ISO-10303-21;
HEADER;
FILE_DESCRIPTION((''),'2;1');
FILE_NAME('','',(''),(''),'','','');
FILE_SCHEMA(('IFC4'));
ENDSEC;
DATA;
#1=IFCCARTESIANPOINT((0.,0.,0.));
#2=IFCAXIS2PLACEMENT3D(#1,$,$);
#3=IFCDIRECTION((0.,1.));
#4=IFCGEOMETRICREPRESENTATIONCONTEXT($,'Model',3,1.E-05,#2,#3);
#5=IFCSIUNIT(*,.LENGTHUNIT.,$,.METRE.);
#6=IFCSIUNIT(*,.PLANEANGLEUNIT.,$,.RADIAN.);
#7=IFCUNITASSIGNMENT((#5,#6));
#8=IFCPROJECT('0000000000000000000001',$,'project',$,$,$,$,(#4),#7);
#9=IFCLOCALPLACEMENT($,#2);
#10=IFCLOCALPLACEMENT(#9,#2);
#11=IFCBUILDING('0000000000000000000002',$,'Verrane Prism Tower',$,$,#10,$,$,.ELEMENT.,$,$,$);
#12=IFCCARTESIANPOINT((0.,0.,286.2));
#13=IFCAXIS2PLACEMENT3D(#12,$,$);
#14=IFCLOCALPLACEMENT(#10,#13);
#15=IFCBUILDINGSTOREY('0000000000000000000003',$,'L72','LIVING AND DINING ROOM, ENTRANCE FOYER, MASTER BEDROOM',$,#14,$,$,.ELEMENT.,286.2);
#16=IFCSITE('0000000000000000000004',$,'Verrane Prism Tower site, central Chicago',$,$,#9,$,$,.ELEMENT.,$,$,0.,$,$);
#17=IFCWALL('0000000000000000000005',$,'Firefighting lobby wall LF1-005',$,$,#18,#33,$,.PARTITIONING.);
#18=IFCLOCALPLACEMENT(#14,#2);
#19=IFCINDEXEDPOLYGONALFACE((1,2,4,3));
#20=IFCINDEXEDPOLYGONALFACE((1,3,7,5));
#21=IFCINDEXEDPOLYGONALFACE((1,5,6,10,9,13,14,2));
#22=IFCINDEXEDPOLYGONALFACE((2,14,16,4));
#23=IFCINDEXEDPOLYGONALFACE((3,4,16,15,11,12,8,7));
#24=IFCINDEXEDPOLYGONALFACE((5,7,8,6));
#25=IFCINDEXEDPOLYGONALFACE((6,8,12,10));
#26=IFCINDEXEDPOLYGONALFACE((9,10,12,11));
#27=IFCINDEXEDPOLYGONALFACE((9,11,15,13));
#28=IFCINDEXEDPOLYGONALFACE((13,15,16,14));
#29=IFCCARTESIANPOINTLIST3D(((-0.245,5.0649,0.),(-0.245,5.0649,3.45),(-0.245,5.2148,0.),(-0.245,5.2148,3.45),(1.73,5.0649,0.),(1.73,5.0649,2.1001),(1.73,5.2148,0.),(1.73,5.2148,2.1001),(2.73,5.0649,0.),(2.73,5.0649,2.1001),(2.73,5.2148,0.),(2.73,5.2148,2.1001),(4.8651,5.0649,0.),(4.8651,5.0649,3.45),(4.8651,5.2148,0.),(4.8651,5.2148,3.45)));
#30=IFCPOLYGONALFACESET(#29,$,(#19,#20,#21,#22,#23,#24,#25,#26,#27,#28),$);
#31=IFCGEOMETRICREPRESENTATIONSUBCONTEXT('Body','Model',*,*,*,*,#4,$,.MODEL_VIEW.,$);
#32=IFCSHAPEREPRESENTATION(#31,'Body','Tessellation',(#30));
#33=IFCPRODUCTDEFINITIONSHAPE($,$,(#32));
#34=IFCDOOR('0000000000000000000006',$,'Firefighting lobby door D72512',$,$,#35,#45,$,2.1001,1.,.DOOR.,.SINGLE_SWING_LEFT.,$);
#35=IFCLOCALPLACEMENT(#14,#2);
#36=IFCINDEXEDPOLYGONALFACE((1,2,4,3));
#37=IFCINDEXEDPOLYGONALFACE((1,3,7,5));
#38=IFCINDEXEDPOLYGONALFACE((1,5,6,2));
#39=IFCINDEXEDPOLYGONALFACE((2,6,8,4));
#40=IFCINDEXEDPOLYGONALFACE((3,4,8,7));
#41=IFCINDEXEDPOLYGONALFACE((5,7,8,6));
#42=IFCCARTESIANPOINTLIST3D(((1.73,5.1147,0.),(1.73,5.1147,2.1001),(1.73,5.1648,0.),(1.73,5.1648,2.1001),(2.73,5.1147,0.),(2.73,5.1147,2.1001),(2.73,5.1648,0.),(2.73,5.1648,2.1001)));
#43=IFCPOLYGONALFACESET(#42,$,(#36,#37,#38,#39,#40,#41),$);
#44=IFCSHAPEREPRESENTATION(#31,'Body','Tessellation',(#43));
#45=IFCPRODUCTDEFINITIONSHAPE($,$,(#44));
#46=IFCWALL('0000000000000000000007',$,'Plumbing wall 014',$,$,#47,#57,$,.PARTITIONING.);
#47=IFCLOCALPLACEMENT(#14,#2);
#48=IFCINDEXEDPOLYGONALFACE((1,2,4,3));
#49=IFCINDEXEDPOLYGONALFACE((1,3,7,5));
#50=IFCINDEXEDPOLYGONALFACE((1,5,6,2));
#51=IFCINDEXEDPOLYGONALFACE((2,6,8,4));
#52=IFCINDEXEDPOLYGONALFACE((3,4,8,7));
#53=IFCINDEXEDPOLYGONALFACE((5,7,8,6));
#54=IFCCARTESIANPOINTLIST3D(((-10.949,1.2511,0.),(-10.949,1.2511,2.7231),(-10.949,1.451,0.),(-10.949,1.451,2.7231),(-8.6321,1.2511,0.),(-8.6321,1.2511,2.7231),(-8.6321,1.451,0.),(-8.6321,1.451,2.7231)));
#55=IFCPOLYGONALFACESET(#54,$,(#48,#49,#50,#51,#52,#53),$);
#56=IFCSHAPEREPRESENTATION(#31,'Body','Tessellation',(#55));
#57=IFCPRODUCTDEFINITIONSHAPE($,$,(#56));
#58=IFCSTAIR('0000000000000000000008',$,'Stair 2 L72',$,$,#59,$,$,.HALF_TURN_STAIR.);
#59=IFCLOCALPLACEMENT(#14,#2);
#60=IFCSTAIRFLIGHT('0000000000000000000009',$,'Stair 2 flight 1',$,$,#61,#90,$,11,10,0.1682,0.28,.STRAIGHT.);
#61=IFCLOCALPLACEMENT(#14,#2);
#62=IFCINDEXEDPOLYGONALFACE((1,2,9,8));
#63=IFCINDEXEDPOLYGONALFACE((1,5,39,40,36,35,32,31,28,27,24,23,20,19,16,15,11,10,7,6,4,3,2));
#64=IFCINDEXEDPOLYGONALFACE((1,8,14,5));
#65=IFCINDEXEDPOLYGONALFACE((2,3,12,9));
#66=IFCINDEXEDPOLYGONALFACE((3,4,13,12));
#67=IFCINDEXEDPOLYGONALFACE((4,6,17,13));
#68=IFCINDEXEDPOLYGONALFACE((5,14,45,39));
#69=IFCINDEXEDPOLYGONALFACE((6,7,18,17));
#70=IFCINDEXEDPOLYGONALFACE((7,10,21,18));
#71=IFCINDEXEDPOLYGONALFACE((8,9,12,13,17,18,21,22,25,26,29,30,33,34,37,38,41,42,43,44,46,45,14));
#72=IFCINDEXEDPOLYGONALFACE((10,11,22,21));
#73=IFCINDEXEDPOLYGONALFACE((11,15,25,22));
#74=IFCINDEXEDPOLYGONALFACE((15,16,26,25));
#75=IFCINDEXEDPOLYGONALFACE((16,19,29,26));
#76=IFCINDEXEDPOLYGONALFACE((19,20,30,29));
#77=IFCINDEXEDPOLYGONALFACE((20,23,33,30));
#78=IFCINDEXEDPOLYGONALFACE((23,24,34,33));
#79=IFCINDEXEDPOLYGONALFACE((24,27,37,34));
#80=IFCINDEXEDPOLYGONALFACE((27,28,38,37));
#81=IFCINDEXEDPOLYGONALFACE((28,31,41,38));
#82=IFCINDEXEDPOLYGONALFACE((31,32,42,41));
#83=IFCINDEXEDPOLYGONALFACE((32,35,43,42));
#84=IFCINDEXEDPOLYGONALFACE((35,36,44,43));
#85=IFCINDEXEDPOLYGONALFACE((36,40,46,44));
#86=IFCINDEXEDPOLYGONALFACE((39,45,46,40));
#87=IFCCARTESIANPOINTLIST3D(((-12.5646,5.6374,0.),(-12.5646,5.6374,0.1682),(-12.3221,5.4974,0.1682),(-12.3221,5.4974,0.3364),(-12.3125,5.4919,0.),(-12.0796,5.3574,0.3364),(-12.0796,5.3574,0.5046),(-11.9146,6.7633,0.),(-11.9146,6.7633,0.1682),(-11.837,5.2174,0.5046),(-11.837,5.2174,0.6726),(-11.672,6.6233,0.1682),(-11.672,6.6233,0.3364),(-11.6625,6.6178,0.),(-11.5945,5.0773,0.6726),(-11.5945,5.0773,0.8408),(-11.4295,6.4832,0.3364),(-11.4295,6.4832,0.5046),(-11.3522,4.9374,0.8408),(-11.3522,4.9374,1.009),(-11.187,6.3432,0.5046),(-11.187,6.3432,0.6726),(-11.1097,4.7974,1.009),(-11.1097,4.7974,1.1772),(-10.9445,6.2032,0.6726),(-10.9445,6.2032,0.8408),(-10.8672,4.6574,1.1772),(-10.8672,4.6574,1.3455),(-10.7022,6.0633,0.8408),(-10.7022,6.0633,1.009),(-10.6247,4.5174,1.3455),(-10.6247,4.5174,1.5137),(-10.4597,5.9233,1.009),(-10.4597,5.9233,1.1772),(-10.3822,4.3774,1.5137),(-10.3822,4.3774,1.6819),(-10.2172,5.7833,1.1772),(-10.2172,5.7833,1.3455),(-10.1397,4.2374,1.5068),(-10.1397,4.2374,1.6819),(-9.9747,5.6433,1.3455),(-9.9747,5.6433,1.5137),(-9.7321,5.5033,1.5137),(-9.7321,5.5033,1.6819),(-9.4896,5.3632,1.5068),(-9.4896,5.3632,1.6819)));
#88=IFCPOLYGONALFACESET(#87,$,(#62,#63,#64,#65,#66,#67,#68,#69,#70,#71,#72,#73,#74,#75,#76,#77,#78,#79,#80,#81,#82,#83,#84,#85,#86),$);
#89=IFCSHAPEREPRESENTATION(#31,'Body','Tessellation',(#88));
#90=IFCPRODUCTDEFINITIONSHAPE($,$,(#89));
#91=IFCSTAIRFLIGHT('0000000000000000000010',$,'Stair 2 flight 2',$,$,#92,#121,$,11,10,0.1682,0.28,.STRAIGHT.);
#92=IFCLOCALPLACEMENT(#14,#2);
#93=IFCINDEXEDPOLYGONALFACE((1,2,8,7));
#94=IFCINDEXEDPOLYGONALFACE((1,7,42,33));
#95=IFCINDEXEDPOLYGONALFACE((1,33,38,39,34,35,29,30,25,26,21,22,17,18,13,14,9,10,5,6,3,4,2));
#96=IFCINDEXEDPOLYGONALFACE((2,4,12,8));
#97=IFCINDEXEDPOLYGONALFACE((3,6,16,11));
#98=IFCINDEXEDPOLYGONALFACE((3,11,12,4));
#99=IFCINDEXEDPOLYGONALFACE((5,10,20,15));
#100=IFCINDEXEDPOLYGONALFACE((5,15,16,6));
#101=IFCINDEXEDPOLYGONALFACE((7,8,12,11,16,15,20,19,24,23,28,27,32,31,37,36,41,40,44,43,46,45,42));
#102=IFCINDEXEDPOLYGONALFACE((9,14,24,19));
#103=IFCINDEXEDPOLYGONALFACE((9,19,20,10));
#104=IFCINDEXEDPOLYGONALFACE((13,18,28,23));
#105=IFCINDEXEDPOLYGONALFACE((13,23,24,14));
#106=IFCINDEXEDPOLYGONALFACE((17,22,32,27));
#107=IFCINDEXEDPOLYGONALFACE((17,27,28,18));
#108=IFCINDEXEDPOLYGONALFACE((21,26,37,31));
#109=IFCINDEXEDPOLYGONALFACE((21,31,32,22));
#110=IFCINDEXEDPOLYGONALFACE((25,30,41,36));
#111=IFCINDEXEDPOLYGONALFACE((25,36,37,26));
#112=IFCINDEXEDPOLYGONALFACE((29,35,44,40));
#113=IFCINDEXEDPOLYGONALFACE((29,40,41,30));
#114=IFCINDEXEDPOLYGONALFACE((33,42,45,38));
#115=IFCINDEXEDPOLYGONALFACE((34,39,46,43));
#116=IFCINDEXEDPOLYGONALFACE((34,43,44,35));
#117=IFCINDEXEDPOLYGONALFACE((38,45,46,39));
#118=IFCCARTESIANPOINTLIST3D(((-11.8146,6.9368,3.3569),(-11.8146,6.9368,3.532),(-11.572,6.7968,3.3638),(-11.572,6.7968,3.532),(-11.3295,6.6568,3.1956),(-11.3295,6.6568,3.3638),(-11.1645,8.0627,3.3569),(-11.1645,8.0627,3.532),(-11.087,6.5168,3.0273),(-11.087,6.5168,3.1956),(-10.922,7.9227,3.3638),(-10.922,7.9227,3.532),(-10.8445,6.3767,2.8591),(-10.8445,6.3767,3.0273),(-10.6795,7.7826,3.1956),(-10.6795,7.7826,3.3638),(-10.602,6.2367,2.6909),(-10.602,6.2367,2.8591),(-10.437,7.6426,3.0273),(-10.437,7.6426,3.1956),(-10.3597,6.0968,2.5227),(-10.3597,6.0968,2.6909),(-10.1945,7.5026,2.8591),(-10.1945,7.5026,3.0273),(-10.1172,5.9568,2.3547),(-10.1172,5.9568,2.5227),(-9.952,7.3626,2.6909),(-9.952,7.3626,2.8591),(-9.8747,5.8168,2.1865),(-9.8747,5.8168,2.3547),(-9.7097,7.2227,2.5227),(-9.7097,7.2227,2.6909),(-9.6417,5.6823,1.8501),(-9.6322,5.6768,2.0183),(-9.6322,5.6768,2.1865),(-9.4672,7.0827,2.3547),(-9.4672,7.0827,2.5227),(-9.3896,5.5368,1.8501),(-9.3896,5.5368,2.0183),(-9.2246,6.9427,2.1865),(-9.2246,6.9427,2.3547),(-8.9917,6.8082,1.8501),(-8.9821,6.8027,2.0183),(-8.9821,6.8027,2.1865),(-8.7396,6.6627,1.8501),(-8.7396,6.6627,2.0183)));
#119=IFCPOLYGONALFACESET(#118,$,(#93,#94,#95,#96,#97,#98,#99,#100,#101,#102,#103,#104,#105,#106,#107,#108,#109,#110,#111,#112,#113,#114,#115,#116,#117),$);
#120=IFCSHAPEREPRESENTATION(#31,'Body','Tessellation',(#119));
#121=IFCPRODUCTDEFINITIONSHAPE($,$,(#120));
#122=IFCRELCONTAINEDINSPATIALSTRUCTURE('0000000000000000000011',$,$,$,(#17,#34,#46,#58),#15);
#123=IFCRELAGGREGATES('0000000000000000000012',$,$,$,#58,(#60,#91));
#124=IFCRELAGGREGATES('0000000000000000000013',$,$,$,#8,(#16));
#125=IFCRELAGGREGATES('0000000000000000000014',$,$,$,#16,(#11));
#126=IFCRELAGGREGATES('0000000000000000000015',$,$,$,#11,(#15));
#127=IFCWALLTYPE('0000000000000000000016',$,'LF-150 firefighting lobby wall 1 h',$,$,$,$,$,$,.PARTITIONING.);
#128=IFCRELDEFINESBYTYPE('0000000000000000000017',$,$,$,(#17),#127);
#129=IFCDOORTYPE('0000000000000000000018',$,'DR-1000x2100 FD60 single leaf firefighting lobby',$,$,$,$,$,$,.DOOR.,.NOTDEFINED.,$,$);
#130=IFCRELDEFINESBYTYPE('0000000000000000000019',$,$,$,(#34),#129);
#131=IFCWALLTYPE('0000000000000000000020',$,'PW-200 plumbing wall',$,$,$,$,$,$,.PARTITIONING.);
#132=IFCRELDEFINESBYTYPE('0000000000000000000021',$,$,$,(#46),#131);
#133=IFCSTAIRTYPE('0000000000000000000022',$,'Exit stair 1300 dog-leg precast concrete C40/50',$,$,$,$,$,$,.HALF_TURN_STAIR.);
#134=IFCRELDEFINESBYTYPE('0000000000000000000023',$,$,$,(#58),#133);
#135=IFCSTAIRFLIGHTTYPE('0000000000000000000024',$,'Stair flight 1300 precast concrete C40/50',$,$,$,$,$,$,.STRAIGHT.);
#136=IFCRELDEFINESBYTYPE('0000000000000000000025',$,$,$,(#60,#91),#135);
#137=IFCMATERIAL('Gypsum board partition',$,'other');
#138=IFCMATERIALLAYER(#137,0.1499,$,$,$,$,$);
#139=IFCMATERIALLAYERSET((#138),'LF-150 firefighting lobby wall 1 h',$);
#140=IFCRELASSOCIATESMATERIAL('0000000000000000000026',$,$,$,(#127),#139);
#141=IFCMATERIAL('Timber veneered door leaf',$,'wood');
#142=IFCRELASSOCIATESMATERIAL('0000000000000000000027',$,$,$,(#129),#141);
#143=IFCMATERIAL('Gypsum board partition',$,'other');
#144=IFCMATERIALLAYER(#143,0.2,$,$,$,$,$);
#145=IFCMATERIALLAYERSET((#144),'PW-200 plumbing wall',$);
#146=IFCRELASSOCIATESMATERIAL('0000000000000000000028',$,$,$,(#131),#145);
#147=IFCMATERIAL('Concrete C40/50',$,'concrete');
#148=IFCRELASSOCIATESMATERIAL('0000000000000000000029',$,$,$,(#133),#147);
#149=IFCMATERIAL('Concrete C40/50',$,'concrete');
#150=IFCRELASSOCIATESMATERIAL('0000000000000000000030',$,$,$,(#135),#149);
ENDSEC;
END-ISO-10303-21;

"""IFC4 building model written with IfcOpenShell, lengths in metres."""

from ifc_helpers import new_model, si_unit, direction, frame, frame_2d, origin, place, context, subcontext, project, spatial, polyline, rectangle, outline, extrude, material, layer, layer_set, type_object, element, fill, aggregate, save


model = new_model("IFC4")

# Units and contexts
model_context = context("Model", 3, precision=1e-05, world=origin(), true_north=direction((0.0, 1.0)))
body_context = subcontext(model_context, "Body", "Model", "MODEL_VIEW")
ifc_project = project(units=[si_unit("LENGTHUNIT", "METRE"), si_unit("PLANEANGLEUNIT", "RADIAN")], contexts=[model_context])

# Site, building, storey
site_placement = place(None, origin())
site = spatial("IfcSite", under=ifc_project, at=site_placement, Name="Verrane Prism Tower site, central Chicago", CompositionType="ELEMENT", RefElevation=0.0)
building_placement = place(site_placement, origin())
building = spatial("IfcBuilding", under=site, at=building_placement, Name="Verrane Prism Tower", CompositionType="ELEMENT")
storey_placement = place(building_placement, frame((0.0, 0.0, 286.2)))
storey = spatial("IfcBuildingStorey", under=building, at=storey_placement, Name="L72", Description="LIVING AND DINING ROOM, ENTRANCE FOYER, MASTER BEDROOM", CompositionType="ELEMENT", Elevation=286.2)

# Shared definitions
ifc_material_1 = material(Name="Gypsum board partition", Category="other")
ifc_layer_1 = layer(ifc_material_1, 0.1499)
ifc_layer_set_1 = layer_set([ifc_layer_1], Name="LF-150 firefighting lobby wall 1 h")
wall_type_1 = type_object("IfcWallType", Name="LF-150 firefighting lobby wall 1 h", PredefinedType="PARTITIONING", material=ifc_layer_set_1)
ifc_material_2 = material(Name="Timber veneered door leaf", Category="wood")
door_type_1 = type_object("IfcDoorType", Name="DR-1000x2100 FD60 single leaf firefighting lobby", OperationType="NOTDEFINED", PredefinedType="DOOR", material=ifc_material_2)

# Wall, opening, door
wall_1_placement = place(storey_placement, frame((-0.2451, 5.1399, 0.0), z_axis=(0.0, 0.0, 1.0), x_axis=(1.0, 0.0, 0.0)))
wall_1 = element("IfcWall", 1, at=wall_1_placement, inside=storey, type_object=wall_type_1, Name="Firefighting lobby wall LF1-005", PredefinedType="PARTITIONING", context=body_context, shape_type="SweptSolid", body=[
    extrude(rectangle(XDim=5.1101, YDim=0.1499, at=frame_2d((2.5552, 0.0))), origin(), (0.0, 0.0, 1.0), 3.45),
])
opening_1_placement = place(wall_1_placement, frame((1.9751, 0.0, 0.0)))
opening_1 = element("IfcOpeningElement", 2, at=opening_1_placement, cuts=wall_1, PredefinedType="OPENING", context=body_context, shape_type="SweptSolid", body=[
    extrude(rectangle(XDim=1.0, YDim=2.1001, at=frame_2d((0.5, 1.05))), frame((0.0, 0.085, 0.0), z_axis=(0.0, -1.0, 0.0), x_axis=(1.0, 0.0, 0.0)), (0.0, 0.0, 1.0), 0.1699),
])
door_1_placement = place(opening_1_placement, origin())
door_1 = element("IfcDoor", 3, at=door_1_placement, inside=storey, type_object=door_type_1, Name="Firefighting lobby door D72512", OperationType="SINGLE_SWING_LEFT", OverallHeight=2.1001, OverallWidth=1.0, PredefinedType="DOOR", context=body_context, shape_type="SweptSolid", body=[
    extrude(rectangle(XDim=1.0, YDim=2.1001, at=frame_2d((0.5, 1.05))), frame((0.0, 0.0249, 0.0), z_axis=(0.0, -1.0, 0.0), x_axis=(1.0, 0.0, 0.0)), (0.0, 0.0, 1.0), 0.05),
])
fill(opening_1, door_1)

# Wall
ifc_material_3 = material(Name="Gypsum board partition", Category="other")
ifc_layer_2 = layer(ifc_material_3, 0.2)
ifc_layer_set_2 = layer_set([ifc_layer_2], Name="PW-200 plumbing wall")
wall_type_2 = type_object("IfcWallType", Name="PW-200 plumbing wall", PredefinedType="PARTITIONING", material=ifc_layer_set_2)
wall_2_placement = place(storey_placement, frame((-10.949, 1.3511, 0.0), z_axis=(0.0, 0.0, 1.0), x_axis=(1.0, 0.0, 0.0)))
element("IfcWall", 4, at=wall_2_placement, inside=storey, type_object=wall_type_2, Name="Plumbing wall 014", PredefinedType="PARTITIONING", context=body_context, shape_type="SweptSolid", body=[
    extrude(rectangle(XDim=2.3169, YDim=0.2, at=frame_2d((1.1584, 0.0))), origin(), (0.0, 0.0, 1.0), 2.7231),
])

# Stair, stair flights
ifc_material_4 = material(Name="Concrete C40/50", Category="concrete")
stair_type = type_object("IfcStairType", Name="Exit stair 1300 dog-leg precast concrete C40/50", PredefinedType="HALF_TURN_STAIR", material=ifc_material_4)
stair_placement = place(storey_placement, origin())
stair = element("IfcStair", 5, at=stair_placement, inside=storey, type_object=stair_type, Name="Stair 2 L72", PredefinedType="HALF_TURN_STAIR")
ifc_material_5 = material(Name="Concrete C40/50", Category="concrete")
stair_flight_type = type_object("IfcStairFlightType", Name="Stair flight 1300 precast concrete C40/50", PredefinedType="STRAIGHT", material=ifc_material_5)
stair_flight_1_placement = place(storey_placement, frame((-12.2395, 6.2004, 0.0), z_axis=(0.0, 0.0, 1.0), x_axis=(0.866025, -0.5, 0.0)))
stair_flight_1 = element("IfcStairFlight", 6, at=stair_flight_1_placement, type_object=stair_flight_type, Name="Stair 2 flight 1", NumberOfRisers=11, NumberOfTreads=10, PredefinedType="STRAIGHT", RiserHeight=0.1682, TreadLength=0.28, context=body_context, shape_type="SweptSolid", body=[
    extrude(outline(polyline([(0.0, 0.0), (0.0, 0.1682), (0.28, 0.1682), (0.28, 0.3364), (0.5601, 0.3364), (0.5601, 0.5046), (0.8401, 0.5046), (0.8401, 0.6726), (1.1201, 0.6726), (1.1201, 0.8408), (1.3999, 0.8408), (1.3999, 1.009), (1.6799, 1.009), (1.6799, 1.1772), (1.96, 1.1772), (1.96, 1.3455), (2.24, 1.3455), (2.24, 1.5137), (2.52, 1.5137), (2.52, 1.6819), (2.8, 1.6819), (2.8, 1.8501), (2.8, 1.5068), (0.291, 0.0), (0.0, 0.0)])), frame((0.0, 0.6499, 0.0), z_axis=(0.0, -1.0, 0.0), x_axis=(1.0, 0.0, 0.0)), (0.0, 0.0, 1.0), 1.3),
])
stair_flight_2_placement = place(storey_placement, frame((-9.0647, 6.0996, 1.8501), z_axis=(0.0, 0.0, 1.0), x_axis=(-0.866025, 0.5, 0.0)))
stair_flight_2 = element("IfcStairFlight", 7, at=stair_flight_2_placement, type_object=stair_flight_type, Name="Stair 2 flight 2", NumberOfRisers=11, NumberOfTreads=10, PredefinedType="STRAIGHT", RiserHeight=0.1682, TreadLength=0.28, context=body_context, shape_type="SweptSolid", body=[
    extrude(outline(polyline([(0.0, 0.0), (0.0, 0.1682), (0.28, 0.1682), (0.28, 0.3364), (0.5601, 0.3364), (0.5601, 0.5046), (0.8401, 0.5046), (0.8401, 0.6726), (1.1201, 0.6726), (1.1201, 0.8408), (1.3999, 0.8408), (1.3999, 1.009), (1.6799, 1.009), (1.6799, 1.1772), (1.96, 1.1772), (1.96, 1.3455), (2.24, 1.3455), (2.24, 1.5137), (2.52, 1.5137), (2.52, 1.6819), (2.8, 1.6819), (2.8, 1.8501), (2.8, 1.5068), (0.291, 0.0), (0.0, 0.0)])), frame((0.0, 0.6499, 0.0), z_axis=(0.0, -1.0, 0.0), x_axis=(1.0, 0.0, 0.0)), (0.0, 0.0, 1.0), 1.3),
])
aggregate(stair, [stair_flight_1, stair_flight_2])

save(model, "model.ifc")
